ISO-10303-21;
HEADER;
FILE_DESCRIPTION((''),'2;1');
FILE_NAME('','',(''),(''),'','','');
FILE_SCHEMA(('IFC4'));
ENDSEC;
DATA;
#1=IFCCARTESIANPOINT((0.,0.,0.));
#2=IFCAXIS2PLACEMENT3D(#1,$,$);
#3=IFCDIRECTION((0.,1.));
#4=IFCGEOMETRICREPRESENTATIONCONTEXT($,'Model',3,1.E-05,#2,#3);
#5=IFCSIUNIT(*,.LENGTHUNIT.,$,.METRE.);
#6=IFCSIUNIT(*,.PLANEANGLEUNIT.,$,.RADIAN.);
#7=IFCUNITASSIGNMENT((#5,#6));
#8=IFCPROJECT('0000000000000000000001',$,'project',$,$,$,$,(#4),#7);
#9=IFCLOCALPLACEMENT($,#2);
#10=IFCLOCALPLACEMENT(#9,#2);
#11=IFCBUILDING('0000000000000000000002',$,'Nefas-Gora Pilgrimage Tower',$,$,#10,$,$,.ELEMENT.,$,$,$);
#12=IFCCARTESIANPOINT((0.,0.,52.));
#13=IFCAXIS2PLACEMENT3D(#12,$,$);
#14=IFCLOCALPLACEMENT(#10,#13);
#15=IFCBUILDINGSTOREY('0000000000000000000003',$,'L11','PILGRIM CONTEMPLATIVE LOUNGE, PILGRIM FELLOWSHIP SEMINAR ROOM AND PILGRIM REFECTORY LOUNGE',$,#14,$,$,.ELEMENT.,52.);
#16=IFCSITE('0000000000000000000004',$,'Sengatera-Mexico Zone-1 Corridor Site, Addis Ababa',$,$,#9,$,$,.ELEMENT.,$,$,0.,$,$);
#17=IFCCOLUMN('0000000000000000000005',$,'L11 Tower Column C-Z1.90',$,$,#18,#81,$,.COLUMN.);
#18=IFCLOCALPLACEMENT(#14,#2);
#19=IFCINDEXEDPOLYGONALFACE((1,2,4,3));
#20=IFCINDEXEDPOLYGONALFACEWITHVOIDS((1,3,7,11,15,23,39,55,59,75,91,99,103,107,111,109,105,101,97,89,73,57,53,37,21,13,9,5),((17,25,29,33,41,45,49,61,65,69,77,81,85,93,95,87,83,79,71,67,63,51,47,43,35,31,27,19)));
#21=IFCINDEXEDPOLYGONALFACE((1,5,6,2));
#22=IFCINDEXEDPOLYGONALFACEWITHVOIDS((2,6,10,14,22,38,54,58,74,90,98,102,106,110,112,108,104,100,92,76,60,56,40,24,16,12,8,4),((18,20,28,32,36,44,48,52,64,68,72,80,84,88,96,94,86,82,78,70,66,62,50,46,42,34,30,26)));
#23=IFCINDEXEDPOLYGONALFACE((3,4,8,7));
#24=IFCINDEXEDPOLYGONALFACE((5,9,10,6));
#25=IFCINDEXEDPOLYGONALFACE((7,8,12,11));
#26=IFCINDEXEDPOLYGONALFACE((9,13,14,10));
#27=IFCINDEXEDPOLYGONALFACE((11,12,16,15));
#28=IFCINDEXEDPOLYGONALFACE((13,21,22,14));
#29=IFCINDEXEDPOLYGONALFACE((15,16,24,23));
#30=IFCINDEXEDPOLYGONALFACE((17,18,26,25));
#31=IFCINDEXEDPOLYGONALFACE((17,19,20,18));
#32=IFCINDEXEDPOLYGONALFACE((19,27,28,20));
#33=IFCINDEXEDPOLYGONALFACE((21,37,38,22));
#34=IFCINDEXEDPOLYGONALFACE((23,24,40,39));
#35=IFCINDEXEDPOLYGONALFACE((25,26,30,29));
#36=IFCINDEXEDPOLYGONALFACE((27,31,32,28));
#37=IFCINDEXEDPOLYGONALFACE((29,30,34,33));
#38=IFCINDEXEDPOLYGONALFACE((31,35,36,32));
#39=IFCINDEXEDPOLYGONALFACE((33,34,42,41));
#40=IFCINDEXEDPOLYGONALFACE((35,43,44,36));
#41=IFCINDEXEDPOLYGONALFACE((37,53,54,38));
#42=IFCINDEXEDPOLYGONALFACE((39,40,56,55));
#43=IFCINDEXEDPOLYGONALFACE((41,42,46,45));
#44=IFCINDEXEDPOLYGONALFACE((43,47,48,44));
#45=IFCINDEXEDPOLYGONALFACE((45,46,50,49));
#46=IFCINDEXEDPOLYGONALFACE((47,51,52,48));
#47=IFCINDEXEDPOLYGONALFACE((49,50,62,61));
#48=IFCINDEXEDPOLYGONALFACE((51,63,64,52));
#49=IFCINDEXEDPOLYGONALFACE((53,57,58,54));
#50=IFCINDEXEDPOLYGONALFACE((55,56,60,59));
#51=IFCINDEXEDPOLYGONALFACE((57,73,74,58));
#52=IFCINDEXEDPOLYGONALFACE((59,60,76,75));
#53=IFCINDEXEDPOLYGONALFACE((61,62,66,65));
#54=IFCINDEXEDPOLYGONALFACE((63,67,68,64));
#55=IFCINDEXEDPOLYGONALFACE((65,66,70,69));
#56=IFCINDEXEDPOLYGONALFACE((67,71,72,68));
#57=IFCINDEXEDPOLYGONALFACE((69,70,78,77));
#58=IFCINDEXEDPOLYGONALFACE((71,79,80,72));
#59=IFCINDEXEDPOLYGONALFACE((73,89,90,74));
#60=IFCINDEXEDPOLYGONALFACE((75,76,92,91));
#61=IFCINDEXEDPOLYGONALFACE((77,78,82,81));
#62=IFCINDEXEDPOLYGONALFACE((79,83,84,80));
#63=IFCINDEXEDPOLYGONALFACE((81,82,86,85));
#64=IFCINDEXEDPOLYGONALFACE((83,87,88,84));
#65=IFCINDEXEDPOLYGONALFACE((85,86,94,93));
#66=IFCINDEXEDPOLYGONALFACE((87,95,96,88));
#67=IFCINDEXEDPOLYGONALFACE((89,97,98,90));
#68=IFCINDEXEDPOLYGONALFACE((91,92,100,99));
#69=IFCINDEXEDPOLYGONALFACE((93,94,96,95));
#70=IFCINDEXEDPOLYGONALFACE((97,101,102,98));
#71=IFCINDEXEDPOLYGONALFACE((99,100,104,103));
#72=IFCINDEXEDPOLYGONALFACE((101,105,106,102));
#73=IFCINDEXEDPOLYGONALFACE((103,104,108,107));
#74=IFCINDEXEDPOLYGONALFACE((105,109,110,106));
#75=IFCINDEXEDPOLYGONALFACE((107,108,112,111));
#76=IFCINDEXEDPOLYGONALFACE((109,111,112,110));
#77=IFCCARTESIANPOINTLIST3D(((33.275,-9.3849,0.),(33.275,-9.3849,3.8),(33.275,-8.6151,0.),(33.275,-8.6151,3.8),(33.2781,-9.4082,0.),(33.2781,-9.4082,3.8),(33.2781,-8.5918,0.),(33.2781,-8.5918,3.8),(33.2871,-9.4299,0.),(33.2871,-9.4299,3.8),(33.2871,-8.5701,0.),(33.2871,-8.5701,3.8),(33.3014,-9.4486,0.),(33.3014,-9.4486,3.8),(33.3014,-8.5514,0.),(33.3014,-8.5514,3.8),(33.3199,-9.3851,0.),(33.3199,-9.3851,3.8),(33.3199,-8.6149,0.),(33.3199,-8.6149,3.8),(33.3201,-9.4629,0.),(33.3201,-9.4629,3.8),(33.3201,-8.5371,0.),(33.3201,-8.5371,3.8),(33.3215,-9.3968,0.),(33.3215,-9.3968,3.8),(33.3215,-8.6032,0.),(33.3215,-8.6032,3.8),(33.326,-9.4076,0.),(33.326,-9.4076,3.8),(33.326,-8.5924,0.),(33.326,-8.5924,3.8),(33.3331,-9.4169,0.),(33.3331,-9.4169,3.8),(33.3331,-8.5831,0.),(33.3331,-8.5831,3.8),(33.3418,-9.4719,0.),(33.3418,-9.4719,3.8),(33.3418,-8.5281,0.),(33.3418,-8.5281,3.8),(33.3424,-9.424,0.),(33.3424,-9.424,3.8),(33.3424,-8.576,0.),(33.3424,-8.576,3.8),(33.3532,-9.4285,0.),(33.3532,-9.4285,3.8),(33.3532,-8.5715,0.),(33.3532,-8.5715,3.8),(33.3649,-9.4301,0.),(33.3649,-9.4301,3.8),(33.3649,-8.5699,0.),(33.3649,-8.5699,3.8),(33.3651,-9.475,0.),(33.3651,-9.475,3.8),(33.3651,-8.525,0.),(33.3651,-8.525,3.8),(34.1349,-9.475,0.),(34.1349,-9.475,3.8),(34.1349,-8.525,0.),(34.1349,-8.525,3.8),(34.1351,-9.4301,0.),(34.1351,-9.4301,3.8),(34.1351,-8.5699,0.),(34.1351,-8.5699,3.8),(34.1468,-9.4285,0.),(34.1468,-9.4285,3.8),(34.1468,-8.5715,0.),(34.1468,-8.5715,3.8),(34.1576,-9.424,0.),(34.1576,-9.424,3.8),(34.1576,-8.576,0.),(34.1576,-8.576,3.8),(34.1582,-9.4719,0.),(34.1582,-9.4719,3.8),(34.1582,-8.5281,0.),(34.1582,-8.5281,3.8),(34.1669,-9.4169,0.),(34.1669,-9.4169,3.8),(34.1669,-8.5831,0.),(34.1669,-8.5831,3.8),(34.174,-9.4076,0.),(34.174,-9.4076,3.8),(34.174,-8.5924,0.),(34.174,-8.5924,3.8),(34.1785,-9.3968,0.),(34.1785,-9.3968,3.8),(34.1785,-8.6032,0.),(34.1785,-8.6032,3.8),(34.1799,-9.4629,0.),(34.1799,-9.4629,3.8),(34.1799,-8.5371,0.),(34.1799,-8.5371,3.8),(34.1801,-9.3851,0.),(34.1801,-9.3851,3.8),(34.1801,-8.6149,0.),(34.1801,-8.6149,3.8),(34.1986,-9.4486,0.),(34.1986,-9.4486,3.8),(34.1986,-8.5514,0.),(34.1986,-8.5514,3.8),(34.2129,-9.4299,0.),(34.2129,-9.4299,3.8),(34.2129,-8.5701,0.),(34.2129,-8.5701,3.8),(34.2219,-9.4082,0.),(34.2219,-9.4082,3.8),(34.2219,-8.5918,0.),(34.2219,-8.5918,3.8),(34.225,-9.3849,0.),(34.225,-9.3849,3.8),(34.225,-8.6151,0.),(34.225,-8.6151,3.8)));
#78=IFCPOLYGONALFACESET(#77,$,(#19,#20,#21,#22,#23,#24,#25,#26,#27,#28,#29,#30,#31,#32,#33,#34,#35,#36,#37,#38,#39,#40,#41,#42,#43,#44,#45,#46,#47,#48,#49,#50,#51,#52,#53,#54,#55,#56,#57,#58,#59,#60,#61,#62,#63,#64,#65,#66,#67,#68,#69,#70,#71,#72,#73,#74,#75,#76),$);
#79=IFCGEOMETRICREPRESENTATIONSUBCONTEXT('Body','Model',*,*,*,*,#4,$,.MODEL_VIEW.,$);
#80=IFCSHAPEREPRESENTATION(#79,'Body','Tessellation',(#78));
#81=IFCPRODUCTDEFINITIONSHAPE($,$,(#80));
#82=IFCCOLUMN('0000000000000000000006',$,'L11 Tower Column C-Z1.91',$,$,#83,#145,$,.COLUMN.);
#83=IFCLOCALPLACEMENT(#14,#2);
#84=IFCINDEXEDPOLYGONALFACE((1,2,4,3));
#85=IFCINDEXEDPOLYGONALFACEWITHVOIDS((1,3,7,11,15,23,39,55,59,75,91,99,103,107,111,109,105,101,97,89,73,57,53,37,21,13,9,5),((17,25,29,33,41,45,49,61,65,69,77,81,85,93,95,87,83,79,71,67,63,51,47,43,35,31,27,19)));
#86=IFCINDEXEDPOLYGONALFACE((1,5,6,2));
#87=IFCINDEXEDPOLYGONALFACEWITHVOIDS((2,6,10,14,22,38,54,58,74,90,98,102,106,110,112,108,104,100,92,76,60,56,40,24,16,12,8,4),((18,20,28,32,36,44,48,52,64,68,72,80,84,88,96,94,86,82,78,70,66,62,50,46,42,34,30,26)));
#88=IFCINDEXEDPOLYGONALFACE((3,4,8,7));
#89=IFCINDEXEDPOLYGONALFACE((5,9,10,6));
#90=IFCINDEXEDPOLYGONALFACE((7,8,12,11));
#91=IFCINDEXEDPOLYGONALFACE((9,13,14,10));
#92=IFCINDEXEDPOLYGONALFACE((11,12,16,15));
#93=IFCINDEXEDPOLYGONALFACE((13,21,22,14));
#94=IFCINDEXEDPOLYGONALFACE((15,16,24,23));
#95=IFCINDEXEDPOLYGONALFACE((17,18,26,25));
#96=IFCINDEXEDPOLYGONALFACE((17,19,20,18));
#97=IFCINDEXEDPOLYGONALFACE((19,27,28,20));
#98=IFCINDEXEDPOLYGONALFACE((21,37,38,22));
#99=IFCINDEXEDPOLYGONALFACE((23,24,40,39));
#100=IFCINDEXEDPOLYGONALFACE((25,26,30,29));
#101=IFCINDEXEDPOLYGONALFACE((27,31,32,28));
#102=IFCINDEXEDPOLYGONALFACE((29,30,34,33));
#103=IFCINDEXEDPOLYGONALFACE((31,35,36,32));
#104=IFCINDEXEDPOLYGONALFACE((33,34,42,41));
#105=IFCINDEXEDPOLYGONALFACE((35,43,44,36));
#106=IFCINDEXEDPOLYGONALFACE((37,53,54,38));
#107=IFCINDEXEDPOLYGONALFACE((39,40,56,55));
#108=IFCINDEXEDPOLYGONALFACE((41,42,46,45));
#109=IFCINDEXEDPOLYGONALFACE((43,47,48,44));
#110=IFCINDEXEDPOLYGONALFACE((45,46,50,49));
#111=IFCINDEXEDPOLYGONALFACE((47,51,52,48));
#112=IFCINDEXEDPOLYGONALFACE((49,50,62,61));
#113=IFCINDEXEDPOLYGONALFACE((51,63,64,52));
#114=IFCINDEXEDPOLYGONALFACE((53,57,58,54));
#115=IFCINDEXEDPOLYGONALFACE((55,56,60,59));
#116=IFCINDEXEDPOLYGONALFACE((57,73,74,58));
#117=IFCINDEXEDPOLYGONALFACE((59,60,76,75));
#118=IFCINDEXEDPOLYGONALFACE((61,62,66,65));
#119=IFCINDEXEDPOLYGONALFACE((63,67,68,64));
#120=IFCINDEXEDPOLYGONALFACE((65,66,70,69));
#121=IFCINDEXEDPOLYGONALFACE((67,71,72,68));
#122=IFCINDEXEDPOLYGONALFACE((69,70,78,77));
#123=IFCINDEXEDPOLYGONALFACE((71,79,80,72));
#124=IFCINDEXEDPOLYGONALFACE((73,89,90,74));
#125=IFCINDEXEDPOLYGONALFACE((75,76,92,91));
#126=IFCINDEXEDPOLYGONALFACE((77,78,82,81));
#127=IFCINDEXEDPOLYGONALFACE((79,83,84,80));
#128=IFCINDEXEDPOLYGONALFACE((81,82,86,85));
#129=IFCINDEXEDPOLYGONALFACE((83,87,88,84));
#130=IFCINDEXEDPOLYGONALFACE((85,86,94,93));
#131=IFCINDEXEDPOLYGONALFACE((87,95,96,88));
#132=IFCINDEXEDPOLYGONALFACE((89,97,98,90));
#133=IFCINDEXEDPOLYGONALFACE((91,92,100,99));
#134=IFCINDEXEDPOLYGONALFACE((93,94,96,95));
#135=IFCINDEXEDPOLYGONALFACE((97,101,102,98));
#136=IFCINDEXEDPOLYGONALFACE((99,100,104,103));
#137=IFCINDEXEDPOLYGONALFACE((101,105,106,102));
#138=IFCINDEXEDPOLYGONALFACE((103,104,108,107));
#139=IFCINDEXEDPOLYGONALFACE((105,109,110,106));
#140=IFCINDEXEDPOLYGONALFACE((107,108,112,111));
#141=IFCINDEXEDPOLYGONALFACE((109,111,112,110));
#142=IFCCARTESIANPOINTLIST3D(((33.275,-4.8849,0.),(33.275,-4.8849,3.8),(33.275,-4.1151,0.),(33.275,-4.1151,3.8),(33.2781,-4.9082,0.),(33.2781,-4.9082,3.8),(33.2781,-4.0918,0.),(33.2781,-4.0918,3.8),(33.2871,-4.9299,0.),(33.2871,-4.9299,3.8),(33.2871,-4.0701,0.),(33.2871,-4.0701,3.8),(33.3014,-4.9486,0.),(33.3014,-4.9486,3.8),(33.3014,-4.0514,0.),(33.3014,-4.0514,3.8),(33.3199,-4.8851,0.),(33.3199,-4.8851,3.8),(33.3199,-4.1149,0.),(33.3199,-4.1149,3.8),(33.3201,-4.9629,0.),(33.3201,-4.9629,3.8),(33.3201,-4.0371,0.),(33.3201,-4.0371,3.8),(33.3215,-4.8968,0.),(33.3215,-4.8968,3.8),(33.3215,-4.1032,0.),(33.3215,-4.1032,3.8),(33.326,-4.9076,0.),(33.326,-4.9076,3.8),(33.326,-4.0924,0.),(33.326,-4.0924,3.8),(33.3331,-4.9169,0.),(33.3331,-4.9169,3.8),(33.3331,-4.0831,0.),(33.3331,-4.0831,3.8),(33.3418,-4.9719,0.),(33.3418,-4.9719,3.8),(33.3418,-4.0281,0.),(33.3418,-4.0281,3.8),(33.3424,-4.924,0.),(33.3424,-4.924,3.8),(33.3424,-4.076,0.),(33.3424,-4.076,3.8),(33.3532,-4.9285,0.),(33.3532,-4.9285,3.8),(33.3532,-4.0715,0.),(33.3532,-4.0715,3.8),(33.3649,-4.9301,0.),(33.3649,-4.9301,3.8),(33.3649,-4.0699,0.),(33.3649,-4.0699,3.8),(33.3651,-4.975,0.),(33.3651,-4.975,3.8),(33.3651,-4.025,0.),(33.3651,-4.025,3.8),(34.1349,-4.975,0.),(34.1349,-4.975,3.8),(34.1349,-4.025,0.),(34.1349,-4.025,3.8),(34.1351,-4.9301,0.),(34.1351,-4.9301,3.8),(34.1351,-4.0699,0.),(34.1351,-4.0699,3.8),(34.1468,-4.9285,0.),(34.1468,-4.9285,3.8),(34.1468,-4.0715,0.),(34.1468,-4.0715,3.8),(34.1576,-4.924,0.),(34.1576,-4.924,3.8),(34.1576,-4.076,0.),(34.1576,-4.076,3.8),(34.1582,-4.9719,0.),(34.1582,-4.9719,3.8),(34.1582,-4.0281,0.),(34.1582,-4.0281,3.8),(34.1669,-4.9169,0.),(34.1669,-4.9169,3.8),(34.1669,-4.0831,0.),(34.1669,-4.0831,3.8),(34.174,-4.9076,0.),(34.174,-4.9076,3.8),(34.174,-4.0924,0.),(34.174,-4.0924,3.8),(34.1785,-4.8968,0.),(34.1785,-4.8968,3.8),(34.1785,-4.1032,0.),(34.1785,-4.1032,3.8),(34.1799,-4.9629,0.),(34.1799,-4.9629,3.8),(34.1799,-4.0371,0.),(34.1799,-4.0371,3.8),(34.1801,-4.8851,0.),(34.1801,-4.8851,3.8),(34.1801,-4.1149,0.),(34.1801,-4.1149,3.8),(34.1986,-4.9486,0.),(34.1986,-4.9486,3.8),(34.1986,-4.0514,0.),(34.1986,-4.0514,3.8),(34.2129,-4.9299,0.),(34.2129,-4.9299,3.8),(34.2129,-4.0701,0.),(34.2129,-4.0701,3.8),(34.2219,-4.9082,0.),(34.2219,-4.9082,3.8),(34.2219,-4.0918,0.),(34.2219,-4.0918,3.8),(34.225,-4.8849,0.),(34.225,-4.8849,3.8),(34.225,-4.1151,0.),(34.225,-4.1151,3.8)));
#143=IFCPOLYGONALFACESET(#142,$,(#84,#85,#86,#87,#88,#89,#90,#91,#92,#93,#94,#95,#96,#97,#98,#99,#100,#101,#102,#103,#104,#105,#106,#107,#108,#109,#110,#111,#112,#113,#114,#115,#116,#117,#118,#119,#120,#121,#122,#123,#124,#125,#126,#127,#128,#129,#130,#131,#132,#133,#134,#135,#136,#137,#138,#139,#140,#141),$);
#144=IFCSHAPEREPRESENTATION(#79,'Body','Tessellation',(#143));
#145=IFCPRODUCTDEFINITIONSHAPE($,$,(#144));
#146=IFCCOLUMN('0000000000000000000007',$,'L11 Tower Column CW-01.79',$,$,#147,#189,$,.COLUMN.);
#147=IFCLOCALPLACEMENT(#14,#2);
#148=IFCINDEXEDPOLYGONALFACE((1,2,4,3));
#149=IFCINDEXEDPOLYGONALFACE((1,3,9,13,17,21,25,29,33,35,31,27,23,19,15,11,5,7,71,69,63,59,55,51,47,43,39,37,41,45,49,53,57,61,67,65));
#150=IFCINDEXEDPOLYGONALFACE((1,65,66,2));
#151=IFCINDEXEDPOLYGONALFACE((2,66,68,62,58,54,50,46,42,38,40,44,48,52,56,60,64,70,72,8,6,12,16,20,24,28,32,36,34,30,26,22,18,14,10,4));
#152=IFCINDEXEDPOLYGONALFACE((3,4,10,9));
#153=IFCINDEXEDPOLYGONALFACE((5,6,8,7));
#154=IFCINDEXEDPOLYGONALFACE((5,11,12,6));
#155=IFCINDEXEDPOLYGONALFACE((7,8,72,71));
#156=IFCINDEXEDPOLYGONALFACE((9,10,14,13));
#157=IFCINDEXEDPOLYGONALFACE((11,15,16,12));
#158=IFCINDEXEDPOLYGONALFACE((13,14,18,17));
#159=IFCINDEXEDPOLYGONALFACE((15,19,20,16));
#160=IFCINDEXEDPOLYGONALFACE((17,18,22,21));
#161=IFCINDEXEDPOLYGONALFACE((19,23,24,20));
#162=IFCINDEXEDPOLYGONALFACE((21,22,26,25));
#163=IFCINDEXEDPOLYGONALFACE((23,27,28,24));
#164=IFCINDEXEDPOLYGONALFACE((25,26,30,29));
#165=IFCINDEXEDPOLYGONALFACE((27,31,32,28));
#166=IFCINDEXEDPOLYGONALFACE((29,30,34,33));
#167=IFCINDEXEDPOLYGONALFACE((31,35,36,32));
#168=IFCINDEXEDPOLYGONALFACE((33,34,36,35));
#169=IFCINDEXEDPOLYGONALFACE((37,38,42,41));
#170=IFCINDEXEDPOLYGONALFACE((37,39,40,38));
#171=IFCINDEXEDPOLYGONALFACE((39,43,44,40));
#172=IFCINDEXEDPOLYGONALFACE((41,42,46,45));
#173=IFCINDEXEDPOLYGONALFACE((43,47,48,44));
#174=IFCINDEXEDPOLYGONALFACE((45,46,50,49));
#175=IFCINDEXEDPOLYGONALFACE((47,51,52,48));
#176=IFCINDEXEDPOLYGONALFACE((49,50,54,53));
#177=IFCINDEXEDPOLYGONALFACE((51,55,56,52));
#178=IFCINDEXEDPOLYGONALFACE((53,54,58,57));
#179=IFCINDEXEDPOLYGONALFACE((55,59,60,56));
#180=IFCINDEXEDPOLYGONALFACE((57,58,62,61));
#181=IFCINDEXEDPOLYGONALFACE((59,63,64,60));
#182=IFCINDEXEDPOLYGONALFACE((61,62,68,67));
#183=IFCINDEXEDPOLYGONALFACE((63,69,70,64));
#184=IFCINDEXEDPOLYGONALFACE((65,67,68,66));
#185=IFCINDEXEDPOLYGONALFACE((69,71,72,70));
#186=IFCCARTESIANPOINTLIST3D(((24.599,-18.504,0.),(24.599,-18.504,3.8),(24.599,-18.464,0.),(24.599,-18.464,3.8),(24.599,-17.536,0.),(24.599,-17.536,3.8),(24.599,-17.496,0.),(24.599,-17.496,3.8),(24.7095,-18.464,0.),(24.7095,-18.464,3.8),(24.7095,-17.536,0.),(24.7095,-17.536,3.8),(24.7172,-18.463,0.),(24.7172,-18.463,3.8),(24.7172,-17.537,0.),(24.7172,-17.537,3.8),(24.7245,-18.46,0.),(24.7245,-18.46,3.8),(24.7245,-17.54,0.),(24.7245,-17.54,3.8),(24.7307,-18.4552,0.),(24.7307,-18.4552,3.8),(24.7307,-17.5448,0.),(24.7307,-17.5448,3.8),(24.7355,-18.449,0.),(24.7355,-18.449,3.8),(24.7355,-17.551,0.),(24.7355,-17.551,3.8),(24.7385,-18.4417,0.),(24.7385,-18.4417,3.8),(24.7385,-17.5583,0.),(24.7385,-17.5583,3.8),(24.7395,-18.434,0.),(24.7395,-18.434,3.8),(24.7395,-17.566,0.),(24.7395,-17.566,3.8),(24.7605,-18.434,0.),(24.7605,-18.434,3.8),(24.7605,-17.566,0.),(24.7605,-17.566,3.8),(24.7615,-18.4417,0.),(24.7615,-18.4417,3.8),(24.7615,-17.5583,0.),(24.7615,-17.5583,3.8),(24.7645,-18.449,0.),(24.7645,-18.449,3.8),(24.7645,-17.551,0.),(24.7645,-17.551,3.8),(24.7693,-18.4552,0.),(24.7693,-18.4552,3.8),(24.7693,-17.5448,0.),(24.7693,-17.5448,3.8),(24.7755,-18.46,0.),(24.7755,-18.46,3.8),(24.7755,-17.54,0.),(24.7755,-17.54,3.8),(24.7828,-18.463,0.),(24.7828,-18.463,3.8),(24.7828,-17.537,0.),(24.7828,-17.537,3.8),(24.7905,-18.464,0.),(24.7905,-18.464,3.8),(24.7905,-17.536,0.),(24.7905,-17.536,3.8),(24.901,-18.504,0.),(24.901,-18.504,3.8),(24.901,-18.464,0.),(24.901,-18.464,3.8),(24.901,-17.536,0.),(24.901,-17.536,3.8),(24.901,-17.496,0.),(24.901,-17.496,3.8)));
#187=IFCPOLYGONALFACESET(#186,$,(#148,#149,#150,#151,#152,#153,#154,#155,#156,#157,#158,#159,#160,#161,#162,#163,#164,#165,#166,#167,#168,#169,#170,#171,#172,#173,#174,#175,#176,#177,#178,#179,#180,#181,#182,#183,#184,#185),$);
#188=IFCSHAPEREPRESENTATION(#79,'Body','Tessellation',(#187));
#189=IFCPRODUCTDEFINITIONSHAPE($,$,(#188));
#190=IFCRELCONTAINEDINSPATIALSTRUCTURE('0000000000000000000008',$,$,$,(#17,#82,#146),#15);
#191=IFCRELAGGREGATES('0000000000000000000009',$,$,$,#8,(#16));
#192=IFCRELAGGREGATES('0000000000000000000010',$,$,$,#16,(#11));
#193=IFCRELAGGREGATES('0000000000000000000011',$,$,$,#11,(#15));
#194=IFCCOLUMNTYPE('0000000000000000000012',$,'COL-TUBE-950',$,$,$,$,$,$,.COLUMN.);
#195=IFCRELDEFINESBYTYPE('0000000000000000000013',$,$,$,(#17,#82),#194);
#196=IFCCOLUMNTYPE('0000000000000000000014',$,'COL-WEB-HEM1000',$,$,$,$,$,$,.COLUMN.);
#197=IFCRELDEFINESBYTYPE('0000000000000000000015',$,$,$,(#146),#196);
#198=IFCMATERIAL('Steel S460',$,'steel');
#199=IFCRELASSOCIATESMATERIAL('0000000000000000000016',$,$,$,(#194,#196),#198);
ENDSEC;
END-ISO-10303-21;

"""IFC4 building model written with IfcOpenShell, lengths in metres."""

from ifc_helpers import new_model, si_unit, direction, frame, origin, origin_2d, place, context, subcontext, project, spatial, hollow_rectangle, i_section, extrude, source, transform, mapped, material, material_profile, profile_set, type_object, element, save


model = new_model("IFC4")

# Units and contexts
model_context = context("Model", 3, precision=1e-05, world=origin(), true_north=direction((0.0, 1.0)))
body_context = subcontext(model_context, "Body", "Model", "MODEL_VIEW")
ifc_project = project(units=[si_unit("LENGTHUNIT", "METRE"), si_unit("PLANEANGLEUNIT", "RADIAN")], contexts=[model_context])

# Site, building, storey
site_placement = place(None, origin())
site = spatial("IfcSite", under=ifc_project, at=site_placement, Name="Sengatera-Mexico Zone-1 Corridor Site, Addis Ababa", CompositionType="ELEMENT", RefElevation=0.0)
building_placement = place(site_placement, origin())
building = spatial("IfcBuilding", under=site, at=building_placement, Name="Nefas-Gora Pilgrimage Tower", CompositionType="ELEMENT")
storey_placement = place(building_placement, frame((0.0, 0.0, 52.0)))
storey = spatial("IfcBuildingStorey", under=building, at=storey_placement, Name="L11", Description="PILGRIM CONTEMPLATIVE LOUNGE, PILGRIM FELLOWSHIP SEMINAR ROOM AND PILGRIM REFECTORY LOUNGE", CompositionType="ELEMENT", Elevation=52.0)

# Columns
ifc_material_1 = material(Name="Steel S460", Category="steel")
ifc_material_profile_1 = material_profile(ifc_material_1, hollow_rectangle(XDim=0.95, YDim=0.95, WallThickness=0.0449, InnerFilletRadius=0.0449, OuterFilletRadius=0.0901, at=origin_2d()), Name="BOX 950x950x45")
ifc_profile_set_1 = profile_set([ifc_material_profile_1], Name="Steel S460")
column_type_1 = type_object("IfcColumnType", Name="COL-TUBE-950", PredefinedType="COLUMN", material=ifc_profile_set_1)
shared_shape_1 = source(origin(), body_context, "Body", "SweptSolid", [
    extrude(hollow_rectangle(XDim=0.95, YDim=0.95, WallThickness=0.0449, InnerFilletRadius=0.0449, OuterFilletRadius=0.0901, at=origin_2d()), origin(), (0.0, 0.0, 1.0), 3.8),
])
for number, where, z_axis, x_axis, name in (
    (1, (33.75, -9.0, 0.0), (0.0, 0.0, 1.0), (1.0, 0.0, 0.0), "L11 Tower Column C-Z1.90"),
    (2, (33.75, -4.5, 0.0), (0.0, 0.0, 1.0), (1.0, 0.0, 0.0), "L11 Tower Column C-Z1.91"),
):
    element("IfcColumn", number, at=place(storey_placement, frame(where, z_axis=z_axis, x_axis=x_axis)), inside=storey, type_object=column_type_1, Name=name, PredefinedType="COLUMN", context=body_context, shape_type="MappedRepresentation", body=[
        mapped(shared_shape_1, transform((0.0, 0.0, 0.0), x_axis=(1.0, 0.0, 0.0), y_axis=(0.0, 1.0, 0.0), z_axis=(0.0, 0.0, 1.0), scale=1.0)),
    ])
ifc_material_profile_2 = material_profile(ifc_material_1, i_section(OverallWidth=0.302, OverallDepth=1.0081, WebThickness=0.021, FlangeThickness=0.04, FilletRadius=0.03, at=origin_2d()), Name="HEM 1000")
ifc_profile_set_2 = profile_set([ifc_material_profile_2], Name="Steel S460")
column_type_2 = type_object("IfcColumnType", Name="COL-WEB-HEM1000", PredefinedType="COLUMN", material=ifc_profile_set_2)
shared_shape_2 = source(origin(), body_context, "Body", "SweptSolid", [
    extrude(i_section(OverallWidth=0.302, OverallDepth=1.0081, WebThickness=0.021, FlangeThickness=0.04, FilletRadius=0.03, at=origin_2d()), origin(), (0.0, 0.0, 1.0), 3.8),
])
for number, where, z_axis, x_axis, name in (
    (3, (24.75, -18.0, 0.0), (0.0, 0.0, 1.0), (1.0, 0.0, 0.0), "L11 Tower Column CW-01.79"),
):
    element("IfcColumn", number, at=place(storey_placement, frame(where, z_axis=z_axis, x_axis=x_axis)), inside=storey, type_object=column_type_2, Name=name, PredefinedType="COLUMN", context=body_context, shape_type="MappedRepresentation", body=[
        mapped(shared_shape_2, transform((0.0, 0.0, 0.0), x_axis=(1.0, 0.0, 0.0), y_axis=(0.0, 1.0, 0.0), z_axis=(0.0, 0.0, 1.0), scale=1.0)),
    ])

save(model, "model.ifc")
